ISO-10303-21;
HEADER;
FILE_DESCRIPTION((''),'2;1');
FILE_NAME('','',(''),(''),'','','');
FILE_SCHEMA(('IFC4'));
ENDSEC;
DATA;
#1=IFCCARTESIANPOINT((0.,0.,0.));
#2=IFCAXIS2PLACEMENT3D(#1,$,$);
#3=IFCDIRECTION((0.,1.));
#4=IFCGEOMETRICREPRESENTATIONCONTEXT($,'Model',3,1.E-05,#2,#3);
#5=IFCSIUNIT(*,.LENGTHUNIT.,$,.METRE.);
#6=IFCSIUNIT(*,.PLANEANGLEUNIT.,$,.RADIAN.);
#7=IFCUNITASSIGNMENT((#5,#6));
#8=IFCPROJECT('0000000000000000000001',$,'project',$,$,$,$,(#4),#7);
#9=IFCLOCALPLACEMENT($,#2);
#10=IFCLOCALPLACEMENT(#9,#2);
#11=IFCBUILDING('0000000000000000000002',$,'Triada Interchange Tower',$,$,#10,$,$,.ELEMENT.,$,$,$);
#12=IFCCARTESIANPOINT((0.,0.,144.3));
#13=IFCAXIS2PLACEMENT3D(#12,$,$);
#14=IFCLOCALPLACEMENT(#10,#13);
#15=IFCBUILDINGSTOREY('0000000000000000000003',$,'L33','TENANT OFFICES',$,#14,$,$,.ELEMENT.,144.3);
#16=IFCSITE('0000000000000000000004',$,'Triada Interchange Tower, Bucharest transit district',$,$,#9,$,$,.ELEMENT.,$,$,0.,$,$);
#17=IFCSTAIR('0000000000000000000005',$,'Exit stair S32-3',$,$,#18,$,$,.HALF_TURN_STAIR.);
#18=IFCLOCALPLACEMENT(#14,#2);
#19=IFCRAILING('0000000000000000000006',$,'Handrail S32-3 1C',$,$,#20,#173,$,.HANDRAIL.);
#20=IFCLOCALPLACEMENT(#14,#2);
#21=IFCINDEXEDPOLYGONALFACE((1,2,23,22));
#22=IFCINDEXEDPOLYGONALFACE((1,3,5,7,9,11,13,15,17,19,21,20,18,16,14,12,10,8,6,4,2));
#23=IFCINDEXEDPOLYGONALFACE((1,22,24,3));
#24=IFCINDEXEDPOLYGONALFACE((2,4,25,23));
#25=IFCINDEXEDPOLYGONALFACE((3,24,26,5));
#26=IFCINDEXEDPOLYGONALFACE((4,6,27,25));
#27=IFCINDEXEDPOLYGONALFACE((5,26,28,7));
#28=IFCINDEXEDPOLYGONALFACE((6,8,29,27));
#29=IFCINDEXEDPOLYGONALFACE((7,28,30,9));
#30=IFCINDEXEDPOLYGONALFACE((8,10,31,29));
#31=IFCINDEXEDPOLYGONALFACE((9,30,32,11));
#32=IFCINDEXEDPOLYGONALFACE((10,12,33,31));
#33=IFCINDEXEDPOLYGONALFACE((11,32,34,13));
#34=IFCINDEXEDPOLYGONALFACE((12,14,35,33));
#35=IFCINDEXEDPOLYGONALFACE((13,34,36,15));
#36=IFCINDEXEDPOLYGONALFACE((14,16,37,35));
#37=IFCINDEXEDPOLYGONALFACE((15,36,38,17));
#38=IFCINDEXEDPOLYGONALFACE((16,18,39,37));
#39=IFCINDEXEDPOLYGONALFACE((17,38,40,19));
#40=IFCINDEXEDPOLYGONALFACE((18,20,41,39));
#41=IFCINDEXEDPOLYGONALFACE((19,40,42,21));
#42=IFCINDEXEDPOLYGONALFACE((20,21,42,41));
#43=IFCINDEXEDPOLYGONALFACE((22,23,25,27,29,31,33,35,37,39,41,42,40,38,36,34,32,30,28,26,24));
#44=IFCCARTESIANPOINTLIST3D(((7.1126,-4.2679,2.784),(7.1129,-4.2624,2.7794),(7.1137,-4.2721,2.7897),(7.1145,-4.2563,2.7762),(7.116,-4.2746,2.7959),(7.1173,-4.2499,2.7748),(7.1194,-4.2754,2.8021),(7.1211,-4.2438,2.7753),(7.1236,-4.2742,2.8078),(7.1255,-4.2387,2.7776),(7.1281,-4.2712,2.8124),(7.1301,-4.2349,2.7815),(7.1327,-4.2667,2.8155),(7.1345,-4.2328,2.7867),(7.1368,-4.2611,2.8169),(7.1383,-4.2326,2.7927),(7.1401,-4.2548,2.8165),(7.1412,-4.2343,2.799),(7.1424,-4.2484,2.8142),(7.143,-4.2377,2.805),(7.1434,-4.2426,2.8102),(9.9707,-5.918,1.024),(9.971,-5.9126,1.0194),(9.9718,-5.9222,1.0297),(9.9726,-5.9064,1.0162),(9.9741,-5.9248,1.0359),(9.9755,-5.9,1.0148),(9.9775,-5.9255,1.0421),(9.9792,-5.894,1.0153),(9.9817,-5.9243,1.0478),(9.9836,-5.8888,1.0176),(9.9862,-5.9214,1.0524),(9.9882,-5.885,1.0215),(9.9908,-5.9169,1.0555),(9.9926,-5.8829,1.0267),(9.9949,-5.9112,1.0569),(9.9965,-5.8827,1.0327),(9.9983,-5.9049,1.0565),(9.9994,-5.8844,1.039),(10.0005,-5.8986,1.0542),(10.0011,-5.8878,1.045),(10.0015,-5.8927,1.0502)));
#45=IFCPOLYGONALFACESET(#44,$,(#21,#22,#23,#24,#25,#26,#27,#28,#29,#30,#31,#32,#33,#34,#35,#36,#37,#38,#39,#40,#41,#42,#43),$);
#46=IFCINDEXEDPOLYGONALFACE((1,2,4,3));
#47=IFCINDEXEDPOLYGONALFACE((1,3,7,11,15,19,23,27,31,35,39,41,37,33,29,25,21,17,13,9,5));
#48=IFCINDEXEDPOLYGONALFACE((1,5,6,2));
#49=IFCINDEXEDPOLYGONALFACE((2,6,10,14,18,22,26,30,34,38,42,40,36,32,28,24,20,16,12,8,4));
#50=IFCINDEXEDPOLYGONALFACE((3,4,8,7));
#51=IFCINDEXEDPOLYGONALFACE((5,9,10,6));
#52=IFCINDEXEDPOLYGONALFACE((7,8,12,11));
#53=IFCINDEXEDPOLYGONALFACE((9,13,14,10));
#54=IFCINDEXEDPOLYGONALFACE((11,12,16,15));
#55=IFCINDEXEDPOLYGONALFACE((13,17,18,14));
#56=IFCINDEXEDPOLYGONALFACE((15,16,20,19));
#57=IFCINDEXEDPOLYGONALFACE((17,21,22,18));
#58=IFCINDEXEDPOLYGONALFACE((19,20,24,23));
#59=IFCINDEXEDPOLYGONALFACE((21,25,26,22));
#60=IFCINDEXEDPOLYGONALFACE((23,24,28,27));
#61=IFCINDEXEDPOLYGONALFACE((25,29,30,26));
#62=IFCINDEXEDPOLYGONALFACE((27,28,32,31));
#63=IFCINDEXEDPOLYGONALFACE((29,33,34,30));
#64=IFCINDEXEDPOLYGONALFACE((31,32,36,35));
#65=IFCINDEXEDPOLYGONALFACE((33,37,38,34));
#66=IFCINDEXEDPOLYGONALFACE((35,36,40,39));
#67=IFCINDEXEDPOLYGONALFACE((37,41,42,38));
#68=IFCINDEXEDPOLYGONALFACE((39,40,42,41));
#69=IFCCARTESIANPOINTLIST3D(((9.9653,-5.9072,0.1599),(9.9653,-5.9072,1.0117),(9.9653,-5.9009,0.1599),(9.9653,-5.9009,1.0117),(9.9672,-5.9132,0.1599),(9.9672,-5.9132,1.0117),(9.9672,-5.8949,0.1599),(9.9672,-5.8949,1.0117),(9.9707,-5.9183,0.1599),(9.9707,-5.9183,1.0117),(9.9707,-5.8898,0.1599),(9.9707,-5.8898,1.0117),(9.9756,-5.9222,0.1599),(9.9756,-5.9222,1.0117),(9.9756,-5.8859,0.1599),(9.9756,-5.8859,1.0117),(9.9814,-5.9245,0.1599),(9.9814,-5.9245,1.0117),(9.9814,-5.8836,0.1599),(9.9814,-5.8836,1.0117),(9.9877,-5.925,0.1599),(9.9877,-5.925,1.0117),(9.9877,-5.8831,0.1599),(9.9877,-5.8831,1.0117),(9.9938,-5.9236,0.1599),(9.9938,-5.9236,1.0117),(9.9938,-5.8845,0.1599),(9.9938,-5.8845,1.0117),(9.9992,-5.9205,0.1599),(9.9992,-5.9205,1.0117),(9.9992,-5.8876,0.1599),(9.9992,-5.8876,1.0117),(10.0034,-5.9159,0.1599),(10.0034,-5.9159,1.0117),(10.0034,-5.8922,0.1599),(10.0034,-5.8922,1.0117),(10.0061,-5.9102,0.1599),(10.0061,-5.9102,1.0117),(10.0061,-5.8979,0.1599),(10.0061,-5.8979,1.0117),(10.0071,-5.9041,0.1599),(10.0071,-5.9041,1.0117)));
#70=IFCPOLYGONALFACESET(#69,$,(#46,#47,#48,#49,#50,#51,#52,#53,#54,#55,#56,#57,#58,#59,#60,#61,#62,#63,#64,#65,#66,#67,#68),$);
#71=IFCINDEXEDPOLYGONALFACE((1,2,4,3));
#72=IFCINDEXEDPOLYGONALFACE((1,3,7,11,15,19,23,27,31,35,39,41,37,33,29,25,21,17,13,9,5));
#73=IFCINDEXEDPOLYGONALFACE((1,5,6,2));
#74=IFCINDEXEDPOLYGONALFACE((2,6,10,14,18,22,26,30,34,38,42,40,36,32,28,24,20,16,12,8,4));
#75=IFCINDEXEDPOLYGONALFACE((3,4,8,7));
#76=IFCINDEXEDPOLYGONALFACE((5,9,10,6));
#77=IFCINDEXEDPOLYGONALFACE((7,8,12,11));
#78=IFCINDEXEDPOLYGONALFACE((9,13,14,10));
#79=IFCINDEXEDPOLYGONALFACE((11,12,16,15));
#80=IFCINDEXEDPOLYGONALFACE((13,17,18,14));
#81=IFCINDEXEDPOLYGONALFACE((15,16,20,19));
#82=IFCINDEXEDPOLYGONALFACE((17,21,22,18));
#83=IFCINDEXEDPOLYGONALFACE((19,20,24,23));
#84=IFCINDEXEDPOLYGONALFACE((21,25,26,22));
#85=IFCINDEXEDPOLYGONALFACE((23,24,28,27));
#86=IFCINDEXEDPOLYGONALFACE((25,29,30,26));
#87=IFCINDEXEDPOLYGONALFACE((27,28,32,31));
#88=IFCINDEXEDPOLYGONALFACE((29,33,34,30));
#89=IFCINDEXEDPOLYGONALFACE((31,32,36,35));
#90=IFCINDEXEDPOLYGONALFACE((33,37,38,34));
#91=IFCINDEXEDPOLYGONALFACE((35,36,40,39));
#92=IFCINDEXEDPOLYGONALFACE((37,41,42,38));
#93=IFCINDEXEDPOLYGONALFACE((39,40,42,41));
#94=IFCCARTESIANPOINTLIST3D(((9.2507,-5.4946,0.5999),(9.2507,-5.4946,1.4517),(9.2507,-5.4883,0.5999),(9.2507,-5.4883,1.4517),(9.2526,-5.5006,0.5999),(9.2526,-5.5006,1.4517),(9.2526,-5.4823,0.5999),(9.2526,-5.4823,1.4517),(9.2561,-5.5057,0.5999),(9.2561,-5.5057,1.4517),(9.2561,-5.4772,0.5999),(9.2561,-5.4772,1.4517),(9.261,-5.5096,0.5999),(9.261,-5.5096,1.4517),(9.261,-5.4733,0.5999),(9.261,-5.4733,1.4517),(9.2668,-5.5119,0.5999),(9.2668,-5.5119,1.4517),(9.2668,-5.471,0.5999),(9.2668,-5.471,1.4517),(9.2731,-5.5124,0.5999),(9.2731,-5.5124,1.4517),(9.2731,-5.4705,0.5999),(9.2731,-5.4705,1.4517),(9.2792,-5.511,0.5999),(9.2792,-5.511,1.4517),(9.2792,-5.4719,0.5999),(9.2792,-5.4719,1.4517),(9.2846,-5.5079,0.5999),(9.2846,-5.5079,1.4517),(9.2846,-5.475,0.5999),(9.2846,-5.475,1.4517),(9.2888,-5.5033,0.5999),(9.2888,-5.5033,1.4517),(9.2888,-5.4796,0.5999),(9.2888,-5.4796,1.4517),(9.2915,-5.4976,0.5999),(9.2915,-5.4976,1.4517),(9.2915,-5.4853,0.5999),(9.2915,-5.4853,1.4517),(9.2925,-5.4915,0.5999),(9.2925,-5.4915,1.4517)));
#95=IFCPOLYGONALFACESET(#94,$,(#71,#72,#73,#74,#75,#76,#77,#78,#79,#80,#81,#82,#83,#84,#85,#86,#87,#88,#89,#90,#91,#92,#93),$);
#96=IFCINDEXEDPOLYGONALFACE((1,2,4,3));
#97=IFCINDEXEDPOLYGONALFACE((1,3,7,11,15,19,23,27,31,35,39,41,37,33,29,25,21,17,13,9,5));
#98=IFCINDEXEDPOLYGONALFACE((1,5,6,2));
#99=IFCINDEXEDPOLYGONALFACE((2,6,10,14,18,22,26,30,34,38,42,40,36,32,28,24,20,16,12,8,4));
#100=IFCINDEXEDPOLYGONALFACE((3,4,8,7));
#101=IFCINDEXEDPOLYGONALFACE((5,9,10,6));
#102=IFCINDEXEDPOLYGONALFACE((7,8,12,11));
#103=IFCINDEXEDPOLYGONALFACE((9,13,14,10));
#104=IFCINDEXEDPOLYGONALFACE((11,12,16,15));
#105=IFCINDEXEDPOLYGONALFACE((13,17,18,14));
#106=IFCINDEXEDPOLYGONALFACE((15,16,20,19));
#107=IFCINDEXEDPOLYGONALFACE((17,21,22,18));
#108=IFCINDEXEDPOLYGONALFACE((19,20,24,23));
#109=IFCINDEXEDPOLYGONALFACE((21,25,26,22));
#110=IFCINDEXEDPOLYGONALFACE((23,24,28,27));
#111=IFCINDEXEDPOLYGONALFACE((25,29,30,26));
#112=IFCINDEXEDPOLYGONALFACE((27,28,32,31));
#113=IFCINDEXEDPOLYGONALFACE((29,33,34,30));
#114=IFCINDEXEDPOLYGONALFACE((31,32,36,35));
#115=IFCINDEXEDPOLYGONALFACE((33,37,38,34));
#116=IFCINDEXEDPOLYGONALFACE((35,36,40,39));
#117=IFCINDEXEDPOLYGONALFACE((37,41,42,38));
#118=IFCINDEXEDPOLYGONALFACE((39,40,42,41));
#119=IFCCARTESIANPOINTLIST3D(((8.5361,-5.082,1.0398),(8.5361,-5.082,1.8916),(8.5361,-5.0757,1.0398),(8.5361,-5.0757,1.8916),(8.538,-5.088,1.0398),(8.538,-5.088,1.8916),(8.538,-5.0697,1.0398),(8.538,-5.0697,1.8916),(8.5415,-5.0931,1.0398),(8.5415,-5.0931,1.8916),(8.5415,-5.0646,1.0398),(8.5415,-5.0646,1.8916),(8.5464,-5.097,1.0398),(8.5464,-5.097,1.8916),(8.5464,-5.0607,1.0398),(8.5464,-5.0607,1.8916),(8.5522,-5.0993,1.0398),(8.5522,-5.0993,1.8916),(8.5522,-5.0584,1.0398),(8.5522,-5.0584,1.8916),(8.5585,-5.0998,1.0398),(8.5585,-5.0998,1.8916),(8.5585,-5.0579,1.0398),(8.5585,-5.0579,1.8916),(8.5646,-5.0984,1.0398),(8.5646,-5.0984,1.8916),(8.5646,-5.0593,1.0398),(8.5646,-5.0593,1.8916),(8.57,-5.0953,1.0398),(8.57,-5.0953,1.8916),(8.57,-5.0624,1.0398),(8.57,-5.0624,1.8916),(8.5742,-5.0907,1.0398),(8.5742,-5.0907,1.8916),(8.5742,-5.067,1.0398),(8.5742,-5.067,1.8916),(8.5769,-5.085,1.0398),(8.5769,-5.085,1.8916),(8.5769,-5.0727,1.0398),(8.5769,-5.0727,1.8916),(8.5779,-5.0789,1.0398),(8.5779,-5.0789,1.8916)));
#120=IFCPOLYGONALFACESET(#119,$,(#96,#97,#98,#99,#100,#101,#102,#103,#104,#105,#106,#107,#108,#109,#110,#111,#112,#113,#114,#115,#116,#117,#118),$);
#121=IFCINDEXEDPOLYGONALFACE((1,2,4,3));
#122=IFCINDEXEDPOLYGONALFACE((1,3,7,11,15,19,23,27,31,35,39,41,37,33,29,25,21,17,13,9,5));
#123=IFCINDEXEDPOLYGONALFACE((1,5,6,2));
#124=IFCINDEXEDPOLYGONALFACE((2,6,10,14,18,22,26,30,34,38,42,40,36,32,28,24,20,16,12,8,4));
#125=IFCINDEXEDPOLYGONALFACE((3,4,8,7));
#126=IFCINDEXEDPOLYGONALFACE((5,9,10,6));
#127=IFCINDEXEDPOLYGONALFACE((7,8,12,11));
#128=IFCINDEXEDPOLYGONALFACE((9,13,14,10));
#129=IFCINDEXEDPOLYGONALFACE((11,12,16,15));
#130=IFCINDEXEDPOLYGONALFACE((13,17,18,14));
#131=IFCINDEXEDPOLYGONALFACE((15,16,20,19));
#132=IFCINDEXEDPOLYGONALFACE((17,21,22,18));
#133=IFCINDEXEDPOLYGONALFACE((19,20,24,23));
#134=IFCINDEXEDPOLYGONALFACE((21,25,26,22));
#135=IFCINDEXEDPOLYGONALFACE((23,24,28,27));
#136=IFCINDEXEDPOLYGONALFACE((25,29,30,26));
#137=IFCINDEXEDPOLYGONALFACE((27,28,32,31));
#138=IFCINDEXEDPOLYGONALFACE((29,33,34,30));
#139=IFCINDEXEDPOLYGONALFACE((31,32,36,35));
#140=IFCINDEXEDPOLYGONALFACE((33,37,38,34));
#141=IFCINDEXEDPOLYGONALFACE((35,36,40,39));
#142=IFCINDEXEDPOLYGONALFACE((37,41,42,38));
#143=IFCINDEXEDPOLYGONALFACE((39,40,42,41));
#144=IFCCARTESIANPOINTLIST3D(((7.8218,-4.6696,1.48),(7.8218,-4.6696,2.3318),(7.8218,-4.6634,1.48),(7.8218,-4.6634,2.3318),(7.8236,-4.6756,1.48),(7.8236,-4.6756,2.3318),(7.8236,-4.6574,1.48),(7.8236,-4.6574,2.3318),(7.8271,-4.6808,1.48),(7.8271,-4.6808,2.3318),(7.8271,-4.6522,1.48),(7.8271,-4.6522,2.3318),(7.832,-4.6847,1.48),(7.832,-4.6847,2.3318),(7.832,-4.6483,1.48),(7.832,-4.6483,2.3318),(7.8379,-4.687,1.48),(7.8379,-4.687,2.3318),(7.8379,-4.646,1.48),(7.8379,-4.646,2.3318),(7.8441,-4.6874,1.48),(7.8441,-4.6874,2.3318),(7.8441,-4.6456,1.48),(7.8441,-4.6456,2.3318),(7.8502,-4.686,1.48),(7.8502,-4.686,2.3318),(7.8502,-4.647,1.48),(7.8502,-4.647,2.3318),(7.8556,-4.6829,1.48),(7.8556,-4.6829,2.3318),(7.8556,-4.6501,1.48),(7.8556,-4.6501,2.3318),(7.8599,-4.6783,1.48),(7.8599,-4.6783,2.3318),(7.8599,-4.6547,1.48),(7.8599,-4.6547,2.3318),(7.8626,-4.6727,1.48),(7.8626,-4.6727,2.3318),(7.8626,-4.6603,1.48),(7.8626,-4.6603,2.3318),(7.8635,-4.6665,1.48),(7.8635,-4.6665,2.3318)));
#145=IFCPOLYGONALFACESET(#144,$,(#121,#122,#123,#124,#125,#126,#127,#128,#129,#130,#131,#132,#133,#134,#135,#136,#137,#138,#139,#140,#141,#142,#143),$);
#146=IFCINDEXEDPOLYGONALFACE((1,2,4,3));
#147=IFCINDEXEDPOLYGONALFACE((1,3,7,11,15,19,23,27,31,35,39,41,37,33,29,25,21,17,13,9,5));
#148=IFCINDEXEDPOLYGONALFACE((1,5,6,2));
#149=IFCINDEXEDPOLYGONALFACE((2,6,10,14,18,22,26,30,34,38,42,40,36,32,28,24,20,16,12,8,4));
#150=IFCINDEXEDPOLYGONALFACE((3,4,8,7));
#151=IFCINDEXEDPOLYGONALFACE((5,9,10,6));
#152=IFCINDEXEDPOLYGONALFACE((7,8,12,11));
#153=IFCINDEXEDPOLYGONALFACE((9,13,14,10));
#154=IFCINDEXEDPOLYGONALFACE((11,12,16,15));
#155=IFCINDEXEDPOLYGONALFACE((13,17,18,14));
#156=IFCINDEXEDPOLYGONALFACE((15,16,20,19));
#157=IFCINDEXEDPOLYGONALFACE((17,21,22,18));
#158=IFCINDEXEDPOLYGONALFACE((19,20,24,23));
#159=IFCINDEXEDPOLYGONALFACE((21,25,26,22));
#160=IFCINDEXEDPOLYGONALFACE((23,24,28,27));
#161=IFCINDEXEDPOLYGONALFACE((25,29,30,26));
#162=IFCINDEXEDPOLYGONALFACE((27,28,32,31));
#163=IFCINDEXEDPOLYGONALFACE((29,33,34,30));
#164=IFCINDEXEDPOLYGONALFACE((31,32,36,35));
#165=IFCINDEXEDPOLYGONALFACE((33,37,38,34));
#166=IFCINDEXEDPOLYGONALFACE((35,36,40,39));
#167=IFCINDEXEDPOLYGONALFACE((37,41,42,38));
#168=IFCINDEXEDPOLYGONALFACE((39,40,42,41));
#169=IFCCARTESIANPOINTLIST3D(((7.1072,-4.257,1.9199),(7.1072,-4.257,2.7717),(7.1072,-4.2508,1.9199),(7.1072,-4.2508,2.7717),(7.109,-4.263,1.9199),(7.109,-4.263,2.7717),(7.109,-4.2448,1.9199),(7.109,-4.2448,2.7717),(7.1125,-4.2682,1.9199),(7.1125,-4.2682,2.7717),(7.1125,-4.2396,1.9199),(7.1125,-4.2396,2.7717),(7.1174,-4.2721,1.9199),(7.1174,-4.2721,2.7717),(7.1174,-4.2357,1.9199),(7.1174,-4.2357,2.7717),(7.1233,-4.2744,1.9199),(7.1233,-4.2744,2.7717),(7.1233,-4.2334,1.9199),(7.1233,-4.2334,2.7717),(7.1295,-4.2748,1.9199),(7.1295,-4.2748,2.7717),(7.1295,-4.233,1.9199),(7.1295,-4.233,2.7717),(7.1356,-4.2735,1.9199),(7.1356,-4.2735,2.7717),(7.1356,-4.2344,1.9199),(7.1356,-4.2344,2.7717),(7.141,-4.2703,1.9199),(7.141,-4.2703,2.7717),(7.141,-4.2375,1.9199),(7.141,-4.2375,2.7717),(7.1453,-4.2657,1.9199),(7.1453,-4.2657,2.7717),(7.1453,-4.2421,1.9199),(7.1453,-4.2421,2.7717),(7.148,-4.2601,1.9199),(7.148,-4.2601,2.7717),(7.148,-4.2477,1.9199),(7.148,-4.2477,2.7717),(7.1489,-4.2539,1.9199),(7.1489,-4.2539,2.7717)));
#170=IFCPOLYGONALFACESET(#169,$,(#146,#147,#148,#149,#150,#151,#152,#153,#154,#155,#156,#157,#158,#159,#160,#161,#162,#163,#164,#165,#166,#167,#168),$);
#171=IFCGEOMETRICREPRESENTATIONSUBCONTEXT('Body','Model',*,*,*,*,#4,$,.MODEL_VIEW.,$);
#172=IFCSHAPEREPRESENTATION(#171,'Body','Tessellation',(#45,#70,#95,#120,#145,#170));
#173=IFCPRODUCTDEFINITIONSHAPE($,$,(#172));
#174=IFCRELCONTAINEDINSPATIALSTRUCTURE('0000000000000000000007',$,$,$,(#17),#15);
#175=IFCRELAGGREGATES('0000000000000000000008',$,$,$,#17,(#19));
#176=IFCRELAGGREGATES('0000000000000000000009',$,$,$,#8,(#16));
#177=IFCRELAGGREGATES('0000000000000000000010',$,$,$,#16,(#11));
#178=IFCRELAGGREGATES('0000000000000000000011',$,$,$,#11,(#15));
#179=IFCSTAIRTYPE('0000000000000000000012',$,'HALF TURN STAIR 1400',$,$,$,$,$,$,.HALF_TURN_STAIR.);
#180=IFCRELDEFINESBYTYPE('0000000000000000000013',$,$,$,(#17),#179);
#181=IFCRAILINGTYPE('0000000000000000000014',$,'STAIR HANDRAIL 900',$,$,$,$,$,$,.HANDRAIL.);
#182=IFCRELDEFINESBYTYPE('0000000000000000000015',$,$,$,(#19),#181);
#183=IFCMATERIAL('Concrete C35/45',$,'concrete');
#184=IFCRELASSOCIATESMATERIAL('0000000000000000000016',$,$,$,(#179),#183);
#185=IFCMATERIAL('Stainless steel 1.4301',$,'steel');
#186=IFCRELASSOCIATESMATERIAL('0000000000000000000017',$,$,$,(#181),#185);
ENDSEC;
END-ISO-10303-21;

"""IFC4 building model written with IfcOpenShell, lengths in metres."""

from ifc_helpers import new_model, si_unit, direction, frame, origin, origin_2d, place, context, subcontext, project, spatial, circle, extrude, material, type_object, element, aggregate, save


model = new_model("IFC4")

# Units and contexts
model_context = context("Model", 3, precision=1e-05, world=origin(), true_north=direction((0.0, 1.0)))
body_context = subcontext(model_context, "Body", "Model", "MODEL_VIEW")
ifc_project = project(units=[si_unit("LENGTHUNIT", "METRE"), si_unit("PLANEANGLEUNIT", "RADIAN")], contexts=[model_context])

# Site, building, storey
site_placement = place(None, origin())
site = spatial("IfcSite", under=ifc_project, at=site_placement, Name="Triada Interchange Tower, Bucharest transit district", CompositionType="ELEMENT", RefElevation=0.0)
building_placement = place(site_placement, origin())
building = spatial("IfcBuilding", under=site, at=building_placement, Name="Triada Interchange Tower", CompositionType="ELEMENT")
storey_placement = place(building_placement, frame((0.0, 0.0, 144.3)))
storey = spatial("IfcBuildingStorey", under=building, at=storey_placement, Name="L33", Description="TENANT OFFICES", CompositionType="ELEMENT", Elevation=144.3)

# Stair
ifc_material_1 = material(Name="Concrete C35/45", Category="concrete")
stair_type = type_object("IfcStairType", Name="HALF TURN STAIR 1400", PredefinedType="HALF_TURN_STAIR", material=ifc_material_1)
stair_placement = place(storey_placement, origin())
stair = element("IfcStair", 1, at=stair_placement, inside=storey, type_object=stair_type, Name="Exit stair S32-3", PredefinedType="HALF_TURN_STAIR")

# Railing
ifc_material_2 = material(Name="Stainless steel 1.4301", Category="steel")
railing_type = type_object("IfcRailingType", Name="STAIR HANDRAIL 900", PredefinedType="HANDRAIL", material=ifc_material_2)
railing_1_placement = place(storey_placement, frame((9.9861, -5.9041, 0.1599)))
railing_1 = element("IfcRailing", 2, at=railing_1_placement, type_object=railing_type, Name="Handrail S32-3 1C", PredefinedType="HANDRAIL", context=body_context, shape_type="SweptSolid", body=[
    extrude(circle(Radius=0.0239, at=origin_2d()), frame((0.0, 0.0, 0.876), z_axis=(-0.764156, 0.441183, 0.470556), x_axis=(-0.499998, -0.866027, 0.0)), (0.0, 0.0, 1.0), 3.7402),
    extrude(circle(Radius=0.021, at=origin_2d()), origin(), (0.0, 0.0, 1.0), 0.8518),
    extrude(circle(Radius=0.021, at=origin_2d()), frame((-0.7146, 0.4126, 0.4399)), (0.0, 0.0, 1.0), 0.8518),
    extrude(circle(Radius=0.021, at=origin_2d()), frame((-1.4292, 0.8252, 0.8799)), (0.0, 0.0, 1.0), 0.8518),
    extrude(circle(Radius=0.021, at=origin_2d()), frame((-2.1436, 1.2375, 1.3201)), (0.0, 0.0, 1.0), 0.8518),
    extrude(circle(Radius=0.021, at=origin_2d()), frame((-2.8582, 1.6501, 1.76)), (0.0, 0.0, 1.0), 0.8518),
])
aggregate(stair, [railing_1])

save(model, "model.ifc")
